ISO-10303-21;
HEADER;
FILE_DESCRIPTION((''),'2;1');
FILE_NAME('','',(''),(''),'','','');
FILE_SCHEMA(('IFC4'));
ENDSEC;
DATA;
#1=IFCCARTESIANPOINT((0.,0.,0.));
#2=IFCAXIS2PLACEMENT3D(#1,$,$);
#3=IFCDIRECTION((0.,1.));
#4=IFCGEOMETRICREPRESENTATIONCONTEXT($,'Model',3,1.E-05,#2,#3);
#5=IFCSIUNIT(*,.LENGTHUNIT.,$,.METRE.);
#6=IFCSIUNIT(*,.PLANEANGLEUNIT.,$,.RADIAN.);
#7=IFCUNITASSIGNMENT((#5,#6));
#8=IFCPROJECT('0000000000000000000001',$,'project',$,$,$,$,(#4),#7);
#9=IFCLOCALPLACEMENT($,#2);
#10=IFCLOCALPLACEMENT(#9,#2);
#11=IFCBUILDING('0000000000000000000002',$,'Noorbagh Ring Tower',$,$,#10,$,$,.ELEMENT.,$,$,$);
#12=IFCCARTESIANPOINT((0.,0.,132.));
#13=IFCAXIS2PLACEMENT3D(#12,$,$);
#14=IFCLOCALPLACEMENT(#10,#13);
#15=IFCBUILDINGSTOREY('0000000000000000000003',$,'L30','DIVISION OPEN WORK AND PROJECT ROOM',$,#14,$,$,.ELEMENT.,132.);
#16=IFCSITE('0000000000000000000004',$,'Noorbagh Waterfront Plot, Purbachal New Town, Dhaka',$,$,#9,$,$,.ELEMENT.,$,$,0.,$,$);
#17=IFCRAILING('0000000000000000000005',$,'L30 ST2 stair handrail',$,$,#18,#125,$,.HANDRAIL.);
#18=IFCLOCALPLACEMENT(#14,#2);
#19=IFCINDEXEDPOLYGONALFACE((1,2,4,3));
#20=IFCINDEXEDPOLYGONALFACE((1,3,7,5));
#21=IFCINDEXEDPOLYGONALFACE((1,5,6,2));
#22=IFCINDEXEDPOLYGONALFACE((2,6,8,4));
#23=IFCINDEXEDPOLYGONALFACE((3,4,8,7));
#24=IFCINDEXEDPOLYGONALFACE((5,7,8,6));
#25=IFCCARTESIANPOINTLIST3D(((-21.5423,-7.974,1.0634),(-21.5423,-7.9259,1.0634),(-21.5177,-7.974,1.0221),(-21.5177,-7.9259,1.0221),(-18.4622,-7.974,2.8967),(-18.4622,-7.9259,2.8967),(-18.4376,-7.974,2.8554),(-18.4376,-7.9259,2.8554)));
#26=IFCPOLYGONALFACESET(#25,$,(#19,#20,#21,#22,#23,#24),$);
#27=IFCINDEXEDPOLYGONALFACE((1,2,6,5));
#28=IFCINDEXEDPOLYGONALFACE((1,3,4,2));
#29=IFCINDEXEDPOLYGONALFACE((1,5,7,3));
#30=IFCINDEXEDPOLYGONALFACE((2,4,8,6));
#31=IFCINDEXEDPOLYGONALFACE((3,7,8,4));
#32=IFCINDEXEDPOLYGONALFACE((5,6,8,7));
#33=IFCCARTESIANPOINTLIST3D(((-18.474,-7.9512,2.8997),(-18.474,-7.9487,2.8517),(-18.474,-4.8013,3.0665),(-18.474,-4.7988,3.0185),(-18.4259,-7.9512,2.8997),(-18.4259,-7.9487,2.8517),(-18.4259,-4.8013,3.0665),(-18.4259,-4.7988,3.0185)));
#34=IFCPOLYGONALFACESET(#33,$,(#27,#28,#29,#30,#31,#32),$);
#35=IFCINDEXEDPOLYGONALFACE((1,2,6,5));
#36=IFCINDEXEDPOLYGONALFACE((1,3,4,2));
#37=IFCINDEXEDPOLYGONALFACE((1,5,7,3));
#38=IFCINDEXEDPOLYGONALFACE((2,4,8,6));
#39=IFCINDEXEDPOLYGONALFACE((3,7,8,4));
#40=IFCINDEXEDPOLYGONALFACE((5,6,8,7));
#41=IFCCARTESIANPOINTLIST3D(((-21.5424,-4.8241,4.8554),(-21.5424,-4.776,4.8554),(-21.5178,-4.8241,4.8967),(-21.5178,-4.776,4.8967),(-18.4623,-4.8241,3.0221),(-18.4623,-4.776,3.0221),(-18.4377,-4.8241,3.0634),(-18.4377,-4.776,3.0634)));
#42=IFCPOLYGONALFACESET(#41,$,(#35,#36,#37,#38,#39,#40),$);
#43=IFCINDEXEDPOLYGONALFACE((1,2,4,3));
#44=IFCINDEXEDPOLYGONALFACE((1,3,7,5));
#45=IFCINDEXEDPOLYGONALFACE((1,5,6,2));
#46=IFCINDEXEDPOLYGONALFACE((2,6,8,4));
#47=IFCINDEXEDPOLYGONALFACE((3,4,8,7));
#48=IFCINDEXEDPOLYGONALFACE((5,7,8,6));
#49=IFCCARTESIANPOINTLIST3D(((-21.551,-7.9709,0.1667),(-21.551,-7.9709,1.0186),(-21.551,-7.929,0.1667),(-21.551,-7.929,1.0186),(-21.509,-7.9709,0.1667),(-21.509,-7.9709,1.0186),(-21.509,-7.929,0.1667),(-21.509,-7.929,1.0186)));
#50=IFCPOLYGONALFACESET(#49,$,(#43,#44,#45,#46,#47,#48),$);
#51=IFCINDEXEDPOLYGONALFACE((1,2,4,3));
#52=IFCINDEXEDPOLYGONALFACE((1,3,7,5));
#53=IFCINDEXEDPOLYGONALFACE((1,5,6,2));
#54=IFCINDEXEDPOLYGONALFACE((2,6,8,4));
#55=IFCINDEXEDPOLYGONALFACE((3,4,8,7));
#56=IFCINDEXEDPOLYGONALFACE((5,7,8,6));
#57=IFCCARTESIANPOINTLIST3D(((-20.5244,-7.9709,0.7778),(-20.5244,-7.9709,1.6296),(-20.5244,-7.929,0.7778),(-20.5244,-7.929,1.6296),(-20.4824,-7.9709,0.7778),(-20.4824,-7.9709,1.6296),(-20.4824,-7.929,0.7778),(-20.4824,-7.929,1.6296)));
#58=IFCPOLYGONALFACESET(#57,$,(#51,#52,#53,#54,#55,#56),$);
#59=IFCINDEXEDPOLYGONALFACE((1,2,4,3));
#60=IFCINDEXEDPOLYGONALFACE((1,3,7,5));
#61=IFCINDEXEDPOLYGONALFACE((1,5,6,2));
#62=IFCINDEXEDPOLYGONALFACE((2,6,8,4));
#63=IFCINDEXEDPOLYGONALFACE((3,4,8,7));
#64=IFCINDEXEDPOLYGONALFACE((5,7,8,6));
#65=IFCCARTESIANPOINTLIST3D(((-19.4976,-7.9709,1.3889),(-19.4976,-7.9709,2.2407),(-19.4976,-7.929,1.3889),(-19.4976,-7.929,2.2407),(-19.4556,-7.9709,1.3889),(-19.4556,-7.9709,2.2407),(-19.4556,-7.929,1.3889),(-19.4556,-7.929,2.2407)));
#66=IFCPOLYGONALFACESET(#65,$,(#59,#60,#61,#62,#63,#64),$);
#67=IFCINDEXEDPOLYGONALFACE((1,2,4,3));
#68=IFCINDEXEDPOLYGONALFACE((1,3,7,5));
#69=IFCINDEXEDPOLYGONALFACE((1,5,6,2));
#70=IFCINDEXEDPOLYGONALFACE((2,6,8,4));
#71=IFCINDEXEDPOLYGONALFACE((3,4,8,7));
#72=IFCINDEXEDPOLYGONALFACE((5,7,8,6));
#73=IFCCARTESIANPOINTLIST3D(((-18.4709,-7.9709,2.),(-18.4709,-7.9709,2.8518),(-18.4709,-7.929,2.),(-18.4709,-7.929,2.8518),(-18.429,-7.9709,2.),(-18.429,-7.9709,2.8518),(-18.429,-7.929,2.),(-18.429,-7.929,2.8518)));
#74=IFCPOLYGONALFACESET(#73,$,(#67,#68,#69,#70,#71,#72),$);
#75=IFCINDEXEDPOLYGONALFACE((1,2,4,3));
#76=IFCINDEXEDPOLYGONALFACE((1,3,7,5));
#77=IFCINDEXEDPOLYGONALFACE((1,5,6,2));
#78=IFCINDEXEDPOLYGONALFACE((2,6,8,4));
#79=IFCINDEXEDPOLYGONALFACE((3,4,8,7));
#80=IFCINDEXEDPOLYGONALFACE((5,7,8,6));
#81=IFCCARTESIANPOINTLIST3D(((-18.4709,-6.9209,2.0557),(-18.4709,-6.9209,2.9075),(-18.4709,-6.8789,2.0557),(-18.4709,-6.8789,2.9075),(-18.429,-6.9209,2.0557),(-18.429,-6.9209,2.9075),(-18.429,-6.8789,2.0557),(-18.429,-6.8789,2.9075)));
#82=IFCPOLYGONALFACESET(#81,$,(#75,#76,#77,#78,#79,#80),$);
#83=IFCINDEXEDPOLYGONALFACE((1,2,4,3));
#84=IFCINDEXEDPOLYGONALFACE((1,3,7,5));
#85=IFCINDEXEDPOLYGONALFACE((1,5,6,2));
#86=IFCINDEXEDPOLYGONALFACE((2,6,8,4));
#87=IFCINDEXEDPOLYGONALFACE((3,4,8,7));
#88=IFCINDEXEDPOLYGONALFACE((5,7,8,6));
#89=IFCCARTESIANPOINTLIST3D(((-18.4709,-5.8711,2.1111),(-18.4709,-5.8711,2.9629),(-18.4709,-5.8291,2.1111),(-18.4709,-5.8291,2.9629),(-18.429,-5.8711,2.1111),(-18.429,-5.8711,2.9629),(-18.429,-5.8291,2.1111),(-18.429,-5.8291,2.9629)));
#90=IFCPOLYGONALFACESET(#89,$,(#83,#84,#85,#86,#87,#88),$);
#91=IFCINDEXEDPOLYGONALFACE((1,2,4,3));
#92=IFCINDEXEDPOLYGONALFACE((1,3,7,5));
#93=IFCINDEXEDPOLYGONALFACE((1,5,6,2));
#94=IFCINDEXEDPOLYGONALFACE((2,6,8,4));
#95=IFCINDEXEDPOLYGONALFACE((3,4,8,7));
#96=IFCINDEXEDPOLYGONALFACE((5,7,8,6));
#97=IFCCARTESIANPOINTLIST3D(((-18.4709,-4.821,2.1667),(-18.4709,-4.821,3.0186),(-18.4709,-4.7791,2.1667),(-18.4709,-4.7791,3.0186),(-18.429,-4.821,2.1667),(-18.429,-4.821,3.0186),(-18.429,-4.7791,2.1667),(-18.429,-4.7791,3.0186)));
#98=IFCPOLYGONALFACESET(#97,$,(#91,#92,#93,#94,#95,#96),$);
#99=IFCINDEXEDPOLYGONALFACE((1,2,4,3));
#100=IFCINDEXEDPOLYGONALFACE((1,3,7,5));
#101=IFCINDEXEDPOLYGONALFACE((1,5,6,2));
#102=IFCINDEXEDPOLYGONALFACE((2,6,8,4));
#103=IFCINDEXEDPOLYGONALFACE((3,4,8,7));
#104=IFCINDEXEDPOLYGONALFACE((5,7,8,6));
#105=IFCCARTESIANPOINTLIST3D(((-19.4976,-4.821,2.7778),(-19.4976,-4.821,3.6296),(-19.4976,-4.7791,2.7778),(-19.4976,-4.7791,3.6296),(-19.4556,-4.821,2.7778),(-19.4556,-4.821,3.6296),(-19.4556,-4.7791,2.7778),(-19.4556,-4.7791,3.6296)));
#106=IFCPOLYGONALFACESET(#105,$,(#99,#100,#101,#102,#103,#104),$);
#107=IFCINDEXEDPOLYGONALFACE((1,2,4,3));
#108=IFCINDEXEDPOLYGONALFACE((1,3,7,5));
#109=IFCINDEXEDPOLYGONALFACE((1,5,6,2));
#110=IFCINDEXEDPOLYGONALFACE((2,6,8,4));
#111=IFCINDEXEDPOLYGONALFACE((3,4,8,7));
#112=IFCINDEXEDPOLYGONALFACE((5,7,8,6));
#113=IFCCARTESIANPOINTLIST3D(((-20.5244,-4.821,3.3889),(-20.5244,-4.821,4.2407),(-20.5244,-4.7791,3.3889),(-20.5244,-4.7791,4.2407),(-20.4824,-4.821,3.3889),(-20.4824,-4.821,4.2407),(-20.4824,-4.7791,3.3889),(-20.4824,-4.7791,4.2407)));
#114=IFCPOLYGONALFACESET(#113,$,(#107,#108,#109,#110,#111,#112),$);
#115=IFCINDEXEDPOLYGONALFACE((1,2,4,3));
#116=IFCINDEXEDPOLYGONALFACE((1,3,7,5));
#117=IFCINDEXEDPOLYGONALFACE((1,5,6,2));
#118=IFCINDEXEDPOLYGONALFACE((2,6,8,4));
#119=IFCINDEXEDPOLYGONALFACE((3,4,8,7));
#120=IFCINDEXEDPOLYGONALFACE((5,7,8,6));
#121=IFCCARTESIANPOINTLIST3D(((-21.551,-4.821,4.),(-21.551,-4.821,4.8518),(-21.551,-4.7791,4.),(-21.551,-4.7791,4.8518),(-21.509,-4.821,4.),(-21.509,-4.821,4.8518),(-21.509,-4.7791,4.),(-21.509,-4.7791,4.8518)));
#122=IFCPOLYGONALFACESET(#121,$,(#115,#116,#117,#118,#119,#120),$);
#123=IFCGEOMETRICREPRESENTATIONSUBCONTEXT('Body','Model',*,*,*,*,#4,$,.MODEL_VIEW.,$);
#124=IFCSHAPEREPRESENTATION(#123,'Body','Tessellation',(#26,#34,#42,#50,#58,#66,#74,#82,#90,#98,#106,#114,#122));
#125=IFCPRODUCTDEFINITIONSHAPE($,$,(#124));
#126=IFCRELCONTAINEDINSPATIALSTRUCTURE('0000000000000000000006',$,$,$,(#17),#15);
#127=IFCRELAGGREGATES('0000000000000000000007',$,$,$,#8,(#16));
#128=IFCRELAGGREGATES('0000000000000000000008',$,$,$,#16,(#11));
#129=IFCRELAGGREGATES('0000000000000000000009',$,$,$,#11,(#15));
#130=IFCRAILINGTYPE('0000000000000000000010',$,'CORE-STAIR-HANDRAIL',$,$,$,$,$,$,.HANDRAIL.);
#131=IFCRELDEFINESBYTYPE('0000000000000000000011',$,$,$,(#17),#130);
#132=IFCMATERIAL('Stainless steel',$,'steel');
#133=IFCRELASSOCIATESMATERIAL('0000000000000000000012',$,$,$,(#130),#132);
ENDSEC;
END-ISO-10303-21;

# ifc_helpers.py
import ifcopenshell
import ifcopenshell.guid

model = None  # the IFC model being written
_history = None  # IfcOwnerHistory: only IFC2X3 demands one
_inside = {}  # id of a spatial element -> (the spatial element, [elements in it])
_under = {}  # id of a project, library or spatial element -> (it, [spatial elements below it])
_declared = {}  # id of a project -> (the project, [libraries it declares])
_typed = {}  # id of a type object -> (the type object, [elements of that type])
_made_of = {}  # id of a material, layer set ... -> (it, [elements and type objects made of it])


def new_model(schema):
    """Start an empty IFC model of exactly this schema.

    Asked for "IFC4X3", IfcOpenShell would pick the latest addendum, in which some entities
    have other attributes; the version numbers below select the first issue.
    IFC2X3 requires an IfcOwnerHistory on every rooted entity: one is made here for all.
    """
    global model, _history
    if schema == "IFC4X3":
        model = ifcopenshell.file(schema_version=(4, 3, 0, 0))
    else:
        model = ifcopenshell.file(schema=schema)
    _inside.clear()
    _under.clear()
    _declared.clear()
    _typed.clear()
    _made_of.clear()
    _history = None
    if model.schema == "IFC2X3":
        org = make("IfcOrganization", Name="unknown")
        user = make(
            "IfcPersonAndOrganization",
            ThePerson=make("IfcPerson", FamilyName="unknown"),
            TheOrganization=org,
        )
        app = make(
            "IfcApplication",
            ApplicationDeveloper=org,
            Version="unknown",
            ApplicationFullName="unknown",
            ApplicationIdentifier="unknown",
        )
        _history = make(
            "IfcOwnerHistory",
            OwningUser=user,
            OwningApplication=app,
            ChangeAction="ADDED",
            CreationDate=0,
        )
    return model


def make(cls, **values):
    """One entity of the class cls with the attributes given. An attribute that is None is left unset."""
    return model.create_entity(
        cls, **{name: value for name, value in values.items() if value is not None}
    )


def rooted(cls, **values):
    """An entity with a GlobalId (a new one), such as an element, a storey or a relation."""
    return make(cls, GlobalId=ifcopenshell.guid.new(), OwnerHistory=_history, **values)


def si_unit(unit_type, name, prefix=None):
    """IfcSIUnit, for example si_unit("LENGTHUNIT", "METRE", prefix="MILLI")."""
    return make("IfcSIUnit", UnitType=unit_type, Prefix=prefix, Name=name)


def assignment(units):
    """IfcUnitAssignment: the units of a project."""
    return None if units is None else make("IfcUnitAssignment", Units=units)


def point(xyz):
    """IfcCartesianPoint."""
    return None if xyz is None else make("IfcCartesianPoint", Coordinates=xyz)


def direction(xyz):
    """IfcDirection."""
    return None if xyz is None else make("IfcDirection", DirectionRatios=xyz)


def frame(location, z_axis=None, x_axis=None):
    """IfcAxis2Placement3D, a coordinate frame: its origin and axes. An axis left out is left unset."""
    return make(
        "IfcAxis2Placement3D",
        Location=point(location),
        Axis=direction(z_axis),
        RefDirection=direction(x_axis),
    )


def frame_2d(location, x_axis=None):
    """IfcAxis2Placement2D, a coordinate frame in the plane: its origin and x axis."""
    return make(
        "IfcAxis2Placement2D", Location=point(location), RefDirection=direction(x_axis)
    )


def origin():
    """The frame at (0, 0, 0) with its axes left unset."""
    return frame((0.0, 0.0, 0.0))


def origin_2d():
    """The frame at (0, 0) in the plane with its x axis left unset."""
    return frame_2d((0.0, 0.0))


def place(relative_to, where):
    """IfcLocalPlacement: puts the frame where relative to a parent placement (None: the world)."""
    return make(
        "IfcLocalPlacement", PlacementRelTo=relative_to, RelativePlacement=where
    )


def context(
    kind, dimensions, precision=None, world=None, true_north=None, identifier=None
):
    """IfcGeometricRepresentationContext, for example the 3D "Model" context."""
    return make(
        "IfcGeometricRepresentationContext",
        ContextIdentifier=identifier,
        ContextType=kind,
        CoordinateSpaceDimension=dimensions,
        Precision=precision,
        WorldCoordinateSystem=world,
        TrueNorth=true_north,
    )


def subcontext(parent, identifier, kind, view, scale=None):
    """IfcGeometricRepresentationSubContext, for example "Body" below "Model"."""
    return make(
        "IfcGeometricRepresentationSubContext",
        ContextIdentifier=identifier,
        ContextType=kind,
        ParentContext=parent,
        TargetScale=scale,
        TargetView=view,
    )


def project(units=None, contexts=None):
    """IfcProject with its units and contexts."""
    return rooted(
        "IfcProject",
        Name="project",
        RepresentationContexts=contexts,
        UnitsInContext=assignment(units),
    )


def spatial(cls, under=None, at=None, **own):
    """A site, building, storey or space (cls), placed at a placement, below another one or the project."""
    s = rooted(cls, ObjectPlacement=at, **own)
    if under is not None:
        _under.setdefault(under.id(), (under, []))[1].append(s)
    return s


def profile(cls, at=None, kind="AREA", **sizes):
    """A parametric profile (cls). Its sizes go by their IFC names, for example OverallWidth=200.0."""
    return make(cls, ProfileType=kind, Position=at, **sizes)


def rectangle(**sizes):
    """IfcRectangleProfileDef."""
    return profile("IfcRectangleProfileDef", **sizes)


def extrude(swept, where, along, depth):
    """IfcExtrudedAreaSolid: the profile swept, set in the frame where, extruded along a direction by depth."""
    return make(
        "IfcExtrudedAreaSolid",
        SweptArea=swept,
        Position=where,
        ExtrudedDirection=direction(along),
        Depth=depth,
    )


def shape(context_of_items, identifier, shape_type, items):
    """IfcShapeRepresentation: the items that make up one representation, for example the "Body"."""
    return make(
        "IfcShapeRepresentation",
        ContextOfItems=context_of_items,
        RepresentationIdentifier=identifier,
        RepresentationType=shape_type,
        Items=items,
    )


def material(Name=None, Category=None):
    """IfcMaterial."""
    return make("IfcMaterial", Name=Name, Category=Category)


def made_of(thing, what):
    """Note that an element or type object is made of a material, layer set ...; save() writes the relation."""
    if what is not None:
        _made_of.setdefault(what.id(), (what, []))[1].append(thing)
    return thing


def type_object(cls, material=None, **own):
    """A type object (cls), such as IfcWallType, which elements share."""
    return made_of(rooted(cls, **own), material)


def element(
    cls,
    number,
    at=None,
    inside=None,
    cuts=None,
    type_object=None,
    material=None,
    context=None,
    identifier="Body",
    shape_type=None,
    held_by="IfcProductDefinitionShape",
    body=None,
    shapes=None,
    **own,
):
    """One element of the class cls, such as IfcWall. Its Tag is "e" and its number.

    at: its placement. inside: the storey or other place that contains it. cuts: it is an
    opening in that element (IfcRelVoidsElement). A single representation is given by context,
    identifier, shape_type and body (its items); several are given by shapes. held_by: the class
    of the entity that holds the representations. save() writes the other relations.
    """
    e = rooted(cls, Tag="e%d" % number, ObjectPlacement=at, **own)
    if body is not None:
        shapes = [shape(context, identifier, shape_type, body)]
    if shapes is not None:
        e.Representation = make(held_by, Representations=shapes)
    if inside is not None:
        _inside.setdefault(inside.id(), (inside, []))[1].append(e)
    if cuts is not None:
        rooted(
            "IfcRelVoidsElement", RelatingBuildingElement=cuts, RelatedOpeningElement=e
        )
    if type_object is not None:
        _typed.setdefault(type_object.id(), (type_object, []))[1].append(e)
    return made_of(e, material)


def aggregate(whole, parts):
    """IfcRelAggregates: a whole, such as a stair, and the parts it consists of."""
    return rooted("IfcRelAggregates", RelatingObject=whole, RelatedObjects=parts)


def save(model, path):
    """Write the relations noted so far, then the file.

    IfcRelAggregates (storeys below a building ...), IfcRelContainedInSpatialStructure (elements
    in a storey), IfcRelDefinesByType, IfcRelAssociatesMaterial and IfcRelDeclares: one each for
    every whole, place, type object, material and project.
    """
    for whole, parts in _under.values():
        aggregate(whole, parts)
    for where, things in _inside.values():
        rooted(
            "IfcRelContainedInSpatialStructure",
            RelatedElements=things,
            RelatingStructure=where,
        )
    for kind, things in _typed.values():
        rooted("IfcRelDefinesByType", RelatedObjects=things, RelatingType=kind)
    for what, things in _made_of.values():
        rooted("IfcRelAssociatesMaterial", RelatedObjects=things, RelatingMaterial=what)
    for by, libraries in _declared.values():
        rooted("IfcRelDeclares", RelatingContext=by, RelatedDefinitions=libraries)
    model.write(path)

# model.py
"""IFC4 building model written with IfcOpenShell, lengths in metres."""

from ifc_helpers import new_model, si_unit, direction, frame, origin, origin_2d, place, context, subcontext, project, spatial, rectangle, extrude, material, type_object, element, save


model = new_model("IFC4")

# Units and contexts
model_context = context("Model", 3, precision=1e-05, world=origin(), true_north=direction((0.0, 1.0)))
body_context = subcontext(model_context, "Body", "Model", "MODEL_VIEW")
ifc_project = project(units=[si_unit("LENGTHUNIT", "METRE"), si_unit("PLANEANGLEUNIT", "RADIAN")], contexts=[model_context])

# Site, building, storey
site_placement = place(None, origin())
site = spatial("IfcSite", under=ifc_project, at=site_placement, Name="Noorbagh Waterfront Plot, Purbachal New Town, Dhaka", CompositionType="ELEMENT", RefElevation=0.0)
building_placement = place(site_placement, origin())
building = spatial("IfcBuilding", under=site, at=building_placement, Name="Noorbagh Ring Tower", CompositionType="ELEMENT")
storey_placement = place(building_placement, frame((0.0, 0.0, 132.0)))
storey = spatial("IfcBuildingStorey", under=building, at=storey_placement, Name="L30", Description="DIVISION OPEN WORK AND PROJECT ROOM", CompositionType="ELEMENT", Elevation=132.0)

# Railing
ifc_material_1 = material(Name="Stainless steel", Category="steel")
railing_type_1 = type_object("IfcRailingType", Name="CORE-STAIR-HANDRAIL", PredefinedType="HANDRAIL", material=ifc_material_1)
railing_1_placement = place(storey_placement, frame((-21.53, -7.95, 0.1667)))
element("IfcRailing", 1, at=railing_1_placement, inside=storey, type_object=railing_type_1, Name="L30 ST2 stair handrail", PredefinedType="HANDRAIL", context=body_context, shape_type="SweptSolid", body=[
    extrude(rectangle(XDim=0.0481, YDim=0.0481, at=origin_2d()), frame((0.0, 0.0, 0.876), z_axis=(0.859309, 0.0, 0.511458), x_axis=(0.0, 1.0, 0.0)), (0.0, 0.0, 1.0), 3.5845),
    extrude(rectangle(XDim=0.0481, YDim=0.0481, at=origin_2d()), frame((3.0801, 0.0, 2.709), z_axis=(0.0, 0.998602, 0.052864), x_axis=(-1.0, 0.0, 0.0)), (0.0, 0.0, 1.0), 3.1543),
    extrude(rectangle(XDim=0.0481, YDim=0.0481, at=origin_2d()), frame((3.0801, 3.1499, 2.876), z_axis=(-0.859309, 0.0, 0.511458), x_axis=(0.0, -1.0, 0.0)), (0.0, 0.0, 1.0), 3.5845),
    extrude(rectangle(XDim=0.042, YDim=0.042, at=origin_2d()), origin(), (0.0, 0.0, 1.0), 0.8518),
    extrude(rectangle(XDim=0.042, YDim=0.042, at=origin_2d()), frame((1.0266, 0.0, 0.6111)), (0.0, 0.0, 1.0), 0.8518),
    extrude(rectangle(XDim=0.042, YDim=0.042, at=origin_2d()), frame((2.0535, 0.0, 1.2222)), (0.0, 0.0, 1.0), 0.8518),
    extrude(rectangle(XDim=0.042, YDim=0.042, at=origin_2d()), frame((3.0801, 0.0, 1.8333)), (0.0, 0.0, 1.0), 0.8518),
    extrude(rectangle(XDim=0.042, YDim=0.042, at=origin_2d()), frame((3.0801, 1.05, 1.8889)), (0.0, 0.0, 1.0), 0.8518),
    extrude(rectangle(XDim=0.042, YDim=0.042, at=origin_2d()), frame((3.0801, 2.0999, 1.9443)), (0.0, 0.0, 1.0), 0.8518),
    extrude(rectangle(XDim=0.042, YDim=0.042, at=origin_2d()), frame((3.0801, 3.1499, 2.0)), (0.0, 0.0, 1.0), 0.8518),
    extrude(rectangle(XDim=0.042, YDim=0.042, at=origin_2d()), frame((2.0535, 3.1499, 2.6111)), (0.0, 0.0, 1.0), 0.8518),
    extrude(rectangle(XDim=0.042, YDim=0.042, at=origin_2d()), frame((1.0266, 3.1499, 3.2222)), (0.0, 0.0, 1.0), 0.8518),
    extrude(rectangle(XDim=0.042, YDim=0.042, at=origin_2d()), frame((0.0, 3.1499, 3.8333)), (0.0, 0.0, 1.0), 0.8518),
])

save(model, "model.ifc")
